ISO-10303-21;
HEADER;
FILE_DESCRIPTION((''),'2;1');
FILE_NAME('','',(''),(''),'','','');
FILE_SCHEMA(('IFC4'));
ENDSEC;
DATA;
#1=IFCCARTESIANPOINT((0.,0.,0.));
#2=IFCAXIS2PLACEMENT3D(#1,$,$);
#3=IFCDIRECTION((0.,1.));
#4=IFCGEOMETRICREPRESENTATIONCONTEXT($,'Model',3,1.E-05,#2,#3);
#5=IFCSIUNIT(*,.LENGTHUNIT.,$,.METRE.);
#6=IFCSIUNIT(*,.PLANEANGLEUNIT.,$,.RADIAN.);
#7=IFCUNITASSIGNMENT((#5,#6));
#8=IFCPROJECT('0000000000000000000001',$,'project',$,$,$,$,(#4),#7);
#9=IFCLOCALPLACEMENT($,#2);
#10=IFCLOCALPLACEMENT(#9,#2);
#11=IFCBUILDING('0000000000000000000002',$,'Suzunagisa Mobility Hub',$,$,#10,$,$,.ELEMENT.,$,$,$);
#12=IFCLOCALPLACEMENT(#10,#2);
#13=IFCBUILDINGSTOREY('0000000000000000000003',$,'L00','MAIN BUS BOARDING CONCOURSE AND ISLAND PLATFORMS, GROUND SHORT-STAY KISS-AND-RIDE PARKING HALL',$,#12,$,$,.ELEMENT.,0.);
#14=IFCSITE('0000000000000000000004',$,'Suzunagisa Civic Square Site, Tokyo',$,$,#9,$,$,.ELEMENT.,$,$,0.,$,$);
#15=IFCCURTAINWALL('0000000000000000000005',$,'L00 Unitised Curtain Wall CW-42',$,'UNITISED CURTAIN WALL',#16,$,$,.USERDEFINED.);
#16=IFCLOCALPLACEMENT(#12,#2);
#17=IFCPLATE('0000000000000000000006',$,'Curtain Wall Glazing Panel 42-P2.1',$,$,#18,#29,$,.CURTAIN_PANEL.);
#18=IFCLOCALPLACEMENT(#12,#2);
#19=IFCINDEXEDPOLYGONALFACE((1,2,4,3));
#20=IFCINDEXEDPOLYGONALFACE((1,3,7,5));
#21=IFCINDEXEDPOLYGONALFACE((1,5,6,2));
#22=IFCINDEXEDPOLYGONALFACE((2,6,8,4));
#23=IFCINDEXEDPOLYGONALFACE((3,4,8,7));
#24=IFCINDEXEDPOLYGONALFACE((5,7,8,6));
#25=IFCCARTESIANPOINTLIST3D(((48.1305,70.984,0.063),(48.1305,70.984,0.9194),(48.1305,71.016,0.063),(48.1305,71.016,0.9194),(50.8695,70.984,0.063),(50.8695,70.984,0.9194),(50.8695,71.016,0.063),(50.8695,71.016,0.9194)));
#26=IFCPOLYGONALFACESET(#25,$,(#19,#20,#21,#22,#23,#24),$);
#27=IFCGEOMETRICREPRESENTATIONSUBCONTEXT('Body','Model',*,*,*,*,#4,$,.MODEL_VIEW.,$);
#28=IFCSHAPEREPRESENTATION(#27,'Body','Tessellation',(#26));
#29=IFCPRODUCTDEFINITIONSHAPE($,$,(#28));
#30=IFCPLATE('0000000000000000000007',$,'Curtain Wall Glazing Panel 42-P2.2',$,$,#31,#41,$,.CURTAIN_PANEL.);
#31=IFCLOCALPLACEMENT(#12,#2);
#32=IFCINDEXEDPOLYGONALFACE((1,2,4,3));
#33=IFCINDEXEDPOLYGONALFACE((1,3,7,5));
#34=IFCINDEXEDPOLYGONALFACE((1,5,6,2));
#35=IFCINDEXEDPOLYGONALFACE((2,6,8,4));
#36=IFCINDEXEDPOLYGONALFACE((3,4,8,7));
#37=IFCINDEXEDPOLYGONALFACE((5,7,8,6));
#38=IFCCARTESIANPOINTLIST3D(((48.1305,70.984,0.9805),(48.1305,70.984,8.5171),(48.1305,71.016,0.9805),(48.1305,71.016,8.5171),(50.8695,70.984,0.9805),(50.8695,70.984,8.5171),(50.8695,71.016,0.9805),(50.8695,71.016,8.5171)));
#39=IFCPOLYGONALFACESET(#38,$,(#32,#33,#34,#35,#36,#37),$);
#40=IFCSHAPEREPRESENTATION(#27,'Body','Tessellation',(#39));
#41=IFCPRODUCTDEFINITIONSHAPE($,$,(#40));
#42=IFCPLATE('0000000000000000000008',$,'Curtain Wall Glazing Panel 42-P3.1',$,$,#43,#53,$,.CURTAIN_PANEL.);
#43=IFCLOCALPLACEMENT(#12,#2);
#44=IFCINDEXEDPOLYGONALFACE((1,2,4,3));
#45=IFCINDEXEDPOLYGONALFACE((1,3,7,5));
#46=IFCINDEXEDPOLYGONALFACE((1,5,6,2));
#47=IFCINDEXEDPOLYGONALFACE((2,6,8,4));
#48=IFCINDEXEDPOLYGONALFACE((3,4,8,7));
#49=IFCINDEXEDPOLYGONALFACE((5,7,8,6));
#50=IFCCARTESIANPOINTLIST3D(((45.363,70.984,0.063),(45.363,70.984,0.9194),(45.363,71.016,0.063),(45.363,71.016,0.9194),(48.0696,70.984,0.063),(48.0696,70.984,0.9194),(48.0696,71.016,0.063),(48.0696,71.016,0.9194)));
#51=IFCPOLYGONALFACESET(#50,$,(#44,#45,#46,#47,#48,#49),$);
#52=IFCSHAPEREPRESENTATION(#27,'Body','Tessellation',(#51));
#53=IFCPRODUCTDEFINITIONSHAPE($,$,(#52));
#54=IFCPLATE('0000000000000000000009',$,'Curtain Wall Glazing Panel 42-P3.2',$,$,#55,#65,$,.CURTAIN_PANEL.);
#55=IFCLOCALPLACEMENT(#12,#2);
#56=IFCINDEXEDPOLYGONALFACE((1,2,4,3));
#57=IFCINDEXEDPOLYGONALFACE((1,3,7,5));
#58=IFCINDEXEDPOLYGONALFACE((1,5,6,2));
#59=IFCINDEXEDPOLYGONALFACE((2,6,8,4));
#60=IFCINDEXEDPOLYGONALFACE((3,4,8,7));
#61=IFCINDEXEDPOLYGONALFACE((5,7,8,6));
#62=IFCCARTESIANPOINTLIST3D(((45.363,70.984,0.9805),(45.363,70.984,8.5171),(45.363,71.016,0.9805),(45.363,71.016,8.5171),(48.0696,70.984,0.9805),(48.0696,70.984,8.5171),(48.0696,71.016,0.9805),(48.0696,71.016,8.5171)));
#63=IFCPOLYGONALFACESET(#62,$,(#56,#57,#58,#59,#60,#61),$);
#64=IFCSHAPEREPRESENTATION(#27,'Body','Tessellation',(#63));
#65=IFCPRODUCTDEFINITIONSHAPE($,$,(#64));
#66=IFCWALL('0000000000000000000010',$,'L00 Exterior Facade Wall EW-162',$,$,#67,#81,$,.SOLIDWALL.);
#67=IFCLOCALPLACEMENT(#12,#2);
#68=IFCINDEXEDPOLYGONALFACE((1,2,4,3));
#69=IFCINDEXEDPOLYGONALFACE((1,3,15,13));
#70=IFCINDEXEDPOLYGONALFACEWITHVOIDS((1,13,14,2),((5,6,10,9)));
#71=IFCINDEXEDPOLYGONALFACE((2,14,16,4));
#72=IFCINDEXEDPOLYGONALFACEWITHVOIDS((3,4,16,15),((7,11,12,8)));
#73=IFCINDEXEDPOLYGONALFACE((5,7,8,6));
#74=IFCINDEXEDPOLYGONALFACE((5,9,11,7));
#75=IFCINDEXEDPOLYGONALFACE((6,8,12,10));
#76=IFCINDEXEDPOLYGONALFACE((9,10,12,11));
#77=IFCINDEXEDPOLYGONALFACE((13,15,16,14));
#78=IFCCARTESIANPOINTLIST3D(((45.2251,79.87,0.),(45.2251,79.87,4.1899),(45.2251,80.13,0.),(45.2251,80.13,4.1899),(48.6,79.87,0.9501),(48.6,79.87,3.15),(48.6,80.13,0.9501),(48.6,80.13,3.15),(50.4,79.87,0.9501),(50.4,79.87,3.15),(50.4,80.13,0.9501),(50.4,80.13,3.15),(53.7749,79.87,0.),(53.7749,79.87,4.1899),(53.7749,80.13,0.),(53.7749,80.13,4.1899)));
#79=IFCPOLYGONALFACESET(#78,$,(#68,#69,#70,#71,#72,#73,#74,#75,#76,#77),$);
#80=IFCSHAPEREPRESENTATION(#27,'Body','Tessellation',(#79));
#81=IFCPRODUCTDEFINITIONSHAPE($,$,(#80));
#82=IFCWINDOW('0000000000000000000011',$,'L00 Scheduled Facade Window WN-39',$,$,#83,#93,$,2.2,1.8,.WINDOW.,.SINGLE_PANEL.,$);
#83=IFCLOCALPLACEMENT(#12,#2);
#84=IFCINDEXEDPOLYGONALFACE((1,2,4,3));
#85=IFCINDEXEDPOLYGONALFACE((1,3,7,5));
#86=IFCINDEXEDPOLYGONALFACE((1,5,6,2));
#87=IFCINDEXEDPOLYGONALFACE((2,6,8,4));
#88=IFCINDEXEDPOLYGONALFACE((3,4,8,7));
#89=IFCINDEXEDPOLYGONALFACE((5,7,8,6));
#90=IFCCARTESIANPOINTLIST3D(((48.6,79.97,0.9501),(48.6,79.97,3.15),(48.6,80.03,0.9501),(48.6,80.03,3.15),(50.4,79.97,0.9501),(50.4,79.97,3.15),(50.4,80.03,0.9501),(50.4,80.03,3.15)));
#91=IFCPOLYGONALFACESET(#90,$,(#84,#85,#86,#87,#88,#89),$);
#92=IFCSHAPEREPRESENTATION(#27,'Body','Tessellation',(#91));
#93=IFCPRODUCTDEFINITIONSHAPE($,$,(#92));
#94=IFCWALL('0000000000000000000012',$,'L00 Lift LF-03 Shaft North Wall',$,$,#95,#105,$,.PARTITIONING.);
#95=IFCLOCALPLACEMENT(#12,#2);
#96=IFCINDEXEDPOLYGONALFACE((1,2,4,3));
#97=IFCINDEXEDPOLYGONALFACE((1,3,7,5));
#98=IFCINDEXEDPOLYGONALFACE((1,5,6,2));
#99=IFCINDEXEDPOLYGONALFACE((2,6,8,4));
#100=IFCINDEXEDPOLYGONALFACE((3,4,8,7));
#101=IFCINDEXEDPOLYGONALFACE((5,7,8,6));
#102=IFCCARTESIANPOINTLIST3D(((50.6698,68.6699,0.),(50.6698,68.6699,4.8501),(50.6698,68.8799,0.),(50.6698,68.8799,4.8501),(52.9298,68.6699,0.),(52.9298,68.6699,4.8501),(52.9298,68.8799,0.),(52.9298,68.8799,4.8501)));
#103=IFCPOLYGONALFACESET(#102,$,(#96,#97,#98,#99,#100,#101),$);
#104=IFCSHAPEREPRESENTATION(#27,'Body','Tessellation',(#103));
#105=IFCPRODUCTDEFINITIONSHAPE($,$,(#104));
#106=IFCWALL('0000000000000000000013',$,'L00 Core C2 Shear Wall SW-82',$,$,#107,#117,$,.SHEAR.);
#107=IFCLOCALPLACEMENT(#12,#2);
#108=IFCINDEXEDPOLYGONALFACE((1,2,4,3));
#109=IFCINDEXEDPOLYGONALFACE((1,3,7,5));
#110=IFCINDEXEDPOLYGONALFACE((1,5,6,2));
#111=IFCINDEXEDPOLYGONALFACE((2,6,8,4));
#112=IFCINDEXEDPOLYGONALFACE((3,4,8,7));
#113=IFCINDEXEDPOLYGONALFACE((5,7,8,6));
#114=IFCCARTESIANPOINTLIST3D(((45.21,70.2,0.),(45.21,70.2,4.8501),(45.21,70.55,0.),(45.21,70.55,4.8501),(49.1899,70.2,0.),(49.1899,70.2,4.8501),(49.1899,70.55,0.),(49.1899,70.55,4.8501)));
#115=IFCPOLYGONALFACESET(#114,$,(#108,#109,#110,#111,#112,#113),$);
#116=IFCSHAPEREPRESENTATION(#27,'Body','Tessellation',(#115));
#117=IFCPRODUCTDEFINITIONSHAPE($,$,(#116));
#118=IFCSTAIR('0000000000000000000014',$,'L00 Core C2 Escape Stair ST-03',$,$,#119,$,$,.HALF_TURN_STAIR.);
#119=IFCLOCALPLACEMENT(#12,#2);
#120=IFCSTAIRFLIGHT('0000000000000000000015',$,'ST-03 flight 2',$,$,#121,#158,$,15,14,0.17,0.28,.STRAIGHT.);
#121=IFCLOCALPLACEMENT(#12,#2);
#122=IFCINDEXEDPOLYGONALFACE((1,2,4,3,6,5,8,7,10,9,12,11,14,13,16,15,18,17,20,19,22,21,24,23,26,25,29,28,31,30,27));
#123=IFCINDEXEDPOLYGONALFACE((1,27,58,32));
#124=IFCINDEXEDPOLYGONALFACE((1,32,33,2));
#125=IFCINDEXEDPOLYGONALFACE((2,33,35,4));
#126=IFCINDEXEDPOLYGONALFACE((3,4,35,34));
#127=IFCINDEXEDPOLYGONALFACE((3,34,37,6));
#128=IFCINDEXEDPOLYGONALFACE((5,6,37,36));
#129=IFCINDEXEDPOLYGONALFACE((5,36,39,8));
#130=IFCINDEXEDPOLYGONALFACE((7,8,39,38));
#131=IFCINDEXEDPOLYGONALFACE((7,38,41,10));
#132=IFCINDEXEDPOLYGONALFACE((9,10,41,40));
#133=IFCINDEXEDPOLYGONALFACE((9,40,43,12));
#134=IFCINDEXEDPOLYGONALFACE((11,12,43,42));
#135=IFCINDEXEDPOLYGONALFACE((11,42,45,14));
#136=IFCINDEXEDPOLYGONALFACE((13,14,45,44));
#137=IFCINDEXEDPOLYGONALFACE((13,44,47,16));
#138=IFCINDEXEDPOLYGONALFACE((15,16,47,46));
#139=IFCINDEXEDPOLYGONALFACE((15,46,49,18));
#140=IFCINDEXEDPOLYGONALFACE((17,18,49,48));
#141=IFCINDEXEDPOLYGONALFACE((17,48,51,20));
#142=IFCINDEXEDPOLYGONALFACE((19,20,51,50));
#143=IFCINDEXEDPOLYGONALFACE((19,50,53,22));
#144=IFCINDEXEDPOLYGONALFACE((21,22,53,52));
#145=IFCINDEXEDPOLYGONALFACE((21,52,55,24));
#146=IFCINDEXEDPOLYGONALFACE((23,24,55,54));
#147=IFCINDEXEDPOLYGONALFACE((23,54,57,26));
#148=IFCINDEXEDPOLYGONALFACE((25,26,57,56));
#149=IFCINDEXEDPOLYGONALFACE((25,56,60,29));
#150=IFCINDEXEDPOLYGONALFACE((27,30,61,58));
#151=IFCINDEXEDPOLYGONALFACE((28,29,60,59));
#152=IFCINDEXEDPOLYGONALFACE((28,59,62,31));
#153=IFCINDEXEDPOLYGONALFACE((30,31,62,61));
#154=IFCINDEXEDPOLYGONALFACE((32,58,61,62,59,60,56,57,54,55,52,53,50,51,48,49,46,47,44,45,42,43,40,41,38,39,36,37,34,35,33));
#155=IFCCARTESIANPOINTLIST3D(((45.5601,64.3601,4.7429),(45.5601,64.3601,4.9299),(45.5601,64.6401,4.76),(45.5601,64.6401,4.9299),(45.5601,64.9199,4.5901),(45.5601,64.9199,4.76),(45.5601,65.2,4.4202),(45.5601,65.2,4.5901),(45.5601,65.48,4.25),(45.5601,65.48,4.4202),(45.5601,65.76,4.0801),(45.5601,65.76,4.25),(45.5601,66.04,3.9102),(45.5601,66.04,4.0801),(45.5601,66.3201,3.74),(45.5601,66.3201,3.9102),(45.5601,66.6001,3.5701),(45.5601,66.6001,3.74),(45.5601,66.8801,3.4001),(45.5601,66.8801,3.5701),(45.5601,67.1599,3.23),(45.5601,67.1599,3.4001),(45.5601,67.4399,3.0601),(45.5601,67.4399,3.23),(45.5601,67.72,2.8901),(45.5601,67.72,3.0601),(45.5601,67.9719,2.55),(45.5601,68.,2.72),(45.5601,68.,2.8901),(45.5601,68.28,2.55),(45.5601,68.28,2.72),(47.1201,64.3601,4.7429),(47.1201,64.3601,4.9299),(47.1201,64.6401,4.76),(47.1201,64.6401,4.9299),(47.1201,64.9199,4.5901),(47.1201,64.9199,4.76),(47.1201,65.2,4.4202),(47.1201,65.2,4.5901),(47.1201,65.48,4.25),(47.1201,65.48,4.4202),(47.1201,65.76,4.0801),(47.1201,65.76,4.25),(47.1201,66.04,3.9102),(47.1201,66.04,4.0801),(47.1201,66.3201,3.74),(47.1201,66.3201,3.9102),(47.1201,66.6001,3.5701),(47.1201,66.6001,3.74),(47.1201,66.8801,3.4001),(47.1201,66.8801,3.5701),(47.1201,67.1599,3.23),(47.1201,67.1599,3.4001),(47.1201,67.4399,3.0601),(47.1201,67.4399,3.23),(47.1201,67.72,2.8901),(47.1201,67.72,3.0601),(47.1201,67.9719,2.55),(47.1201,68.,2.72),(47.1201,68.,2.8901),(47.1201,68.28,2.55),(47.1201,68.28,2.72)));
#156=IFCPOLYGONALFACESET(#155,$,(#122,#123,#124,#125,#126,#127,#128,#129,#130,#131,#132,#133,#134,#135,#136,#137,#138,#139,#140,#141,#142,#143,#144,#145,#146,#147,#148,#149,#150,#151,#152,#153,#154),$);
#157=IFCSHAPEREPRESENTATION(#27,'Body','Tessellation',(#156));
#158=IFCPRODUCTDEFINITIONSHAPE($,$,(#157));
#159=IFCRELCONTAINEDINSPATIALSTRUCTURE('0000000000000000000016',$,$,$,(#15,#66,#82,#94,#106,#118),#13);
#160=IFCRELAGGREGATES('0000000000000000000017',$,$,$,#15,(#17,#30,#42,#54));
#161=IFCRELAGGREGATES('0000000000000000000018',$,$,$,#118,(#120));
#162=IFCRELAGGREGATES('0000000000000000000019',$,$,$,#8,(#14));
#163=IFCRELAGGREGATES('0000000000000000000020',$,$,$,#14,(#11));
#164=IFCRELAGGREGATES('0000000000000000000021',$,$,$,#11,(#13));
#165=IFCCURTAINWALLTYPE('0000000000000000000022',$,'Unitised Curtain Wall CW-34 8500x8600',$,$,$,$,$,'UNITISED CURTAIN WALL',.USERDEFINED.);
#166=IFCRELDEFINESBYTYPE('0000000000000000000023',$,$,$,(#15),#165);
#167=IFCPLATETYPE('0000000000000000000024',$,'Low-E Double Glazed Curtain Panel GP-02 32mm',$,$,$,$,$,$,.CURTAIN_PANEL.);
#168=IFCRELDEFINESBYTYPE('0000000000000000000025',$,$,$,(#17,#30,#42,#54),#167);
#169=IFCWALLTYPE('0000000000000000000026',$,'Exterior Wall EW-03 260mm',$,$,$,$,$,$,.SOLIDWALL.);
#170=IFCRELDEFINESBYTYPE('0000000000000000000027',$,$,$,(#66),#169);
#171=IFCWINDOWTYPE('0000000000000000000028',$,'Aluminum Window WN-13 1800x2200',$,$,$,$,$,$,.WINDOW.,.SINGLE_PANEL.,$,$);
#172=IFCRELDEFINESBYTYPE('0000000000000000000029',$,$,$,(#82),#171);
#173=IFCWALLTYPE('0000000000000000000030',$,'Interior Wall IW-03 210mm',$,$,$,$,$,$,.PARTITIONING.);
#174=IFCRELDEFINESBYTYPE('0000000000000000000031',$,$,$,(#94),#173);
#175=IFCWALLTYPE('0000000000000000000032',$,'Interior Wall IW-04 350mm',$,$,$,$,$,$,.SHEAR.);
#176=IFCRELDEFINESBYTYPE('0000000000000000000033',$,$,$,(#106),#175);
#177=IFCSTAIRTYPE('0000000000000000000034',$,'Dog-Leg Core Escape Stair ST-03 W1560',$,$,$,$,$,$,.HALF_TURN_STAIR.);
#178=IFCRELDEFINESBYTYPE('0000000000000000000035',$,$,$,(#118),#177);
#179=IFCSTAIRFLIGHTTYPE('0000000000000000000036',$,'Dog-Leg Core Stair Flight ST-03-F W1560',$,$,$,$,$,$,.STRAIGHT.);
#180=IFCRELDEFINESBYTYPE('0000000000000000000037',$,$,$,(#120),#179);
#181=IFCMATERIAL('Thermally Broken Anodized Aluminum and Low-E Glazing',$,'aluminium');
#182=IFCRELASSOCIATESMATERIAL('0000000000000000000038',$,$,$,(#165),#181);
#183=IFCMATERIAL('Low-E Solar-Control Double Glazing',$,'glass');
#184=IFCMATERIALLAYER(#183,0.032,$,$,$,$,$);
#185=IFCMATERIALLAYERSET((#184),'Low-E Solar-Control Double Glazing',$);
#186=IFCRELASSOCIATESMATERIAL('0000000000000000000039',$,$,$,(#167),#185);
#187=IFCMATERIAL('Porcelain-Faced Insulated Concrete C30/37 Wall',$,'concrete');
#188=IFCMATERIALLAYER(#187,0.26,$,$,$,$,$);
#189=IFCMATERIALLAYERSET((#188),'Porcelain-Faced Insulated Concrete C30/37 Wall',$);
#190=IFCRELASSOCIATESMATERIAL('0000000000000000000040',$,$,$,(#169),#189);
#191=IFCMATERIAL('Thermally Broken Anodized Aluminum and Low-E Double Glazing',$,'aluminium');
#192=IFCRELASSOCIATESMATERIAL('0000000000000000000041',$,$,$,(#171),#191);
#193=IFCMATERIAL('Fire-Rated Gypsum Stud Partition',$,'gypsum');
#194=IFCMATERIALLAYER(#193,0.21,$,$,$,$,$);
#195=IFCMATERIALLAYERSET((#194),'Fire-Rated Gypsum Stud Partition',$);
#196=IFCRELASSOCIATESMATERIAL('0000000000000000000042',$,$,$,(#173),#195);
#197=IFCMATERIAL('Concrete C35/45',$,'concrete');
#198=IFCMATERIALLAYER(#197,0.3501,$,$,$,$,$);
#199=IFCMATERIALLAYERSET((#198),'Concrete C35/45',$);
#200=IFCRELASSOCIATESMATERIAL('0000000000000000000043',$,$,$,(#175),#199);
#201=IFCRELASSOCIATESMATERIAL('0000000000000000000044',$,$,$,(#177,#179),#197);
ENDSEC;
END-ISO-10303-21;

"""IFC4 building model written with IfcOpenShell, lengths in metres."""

from ifc_helpers import new_model, si_unit, direction, frame, frame_2d, origin, origin_2d, place, context, subcontext, project, spatial, polyline, rectangle, outline, extrude, material, layer, layer_set, type_object, element, fill, aggregate, save


model = new_model("IFC4")

# Units and contexts
model_context = context("Model", 3, precision=1e-05, world=origin(), true_north=direction((0.0, 1.0)))
body_context = subcontext(model_context, "Body", "Model", "MODEL_VIEW")
ifc_project = project(units=[si_unit("LENGTHUNIT", "METRE"), si_unit("PLANEANGLEUNIT", "RADIAN")], contexts=[model_context])

# Site, building, storey
site_placement = place(None, origin())
site = spatial("IfcSite", under=ifc_project, at=site_placement, Name="Suzunagisa Civic Square Site, Tokyo", CompositionType="ELEMENT", RefElevation=0.0)
building_placement = place(site_placement, origin())
building = spatial("IfcBuilding", under=site, at=building_placement, Name="Suzunagisa Mobility Hub", CompositionType="ELEMENT")
storey_placement = place(building_placement, origin())
storey = spatial("IfcBuildingStorey", under=building, at=storey_placement, Name="L00", Description="MAIN BUS BOARDING CONCOURSE AND ISLAND PLATFORMS, GROUND SHORT-STAY KISS-AND-RIDE PARKING HALL", CompositionType="ELEMENT", Elevation=0.0)

# Curtain wall
ifc_material_1 = material(Name="Thermally Broken Anodized Aluminum and Low-E Glazing", Category="aluminium")
curtain_wall_type = type_object("IfcCurtainWallType", Name="Unitised Curtain Wall CW-34 8500x8600", ElementType="UNITISED CURTAIN WALL", PredefinedType="USERDEFINED", material=ifc_material_1)
curtain_wall_placement = place(storey_placement, origin())
curtain_wall = element("IfcCurtainWall", 1, at=curtain_wall_placement, inside=storey, type_object=curtain_wall_type, Name="L00 Unitised Curtain Wall CW-42", ObjectType="UNITISED CURTAIN WALL", PredefinedType="USERDEFINED")

# Plates
ifc_material_2 = material(Name="Low-E Solar-Control Double Glazing", Category="glass")
ifc_layer_1 = layer(ifc_material_2, 0.032)
ifc_layer_set_1 = layer_set([ifc_layer_1], Name="Low-E Solar-Control Double Glazing")
plate_type = type_object("IfcPlateType", Name="Low-E Double Glazed Curtain Panel GP-02 32mm", PredefinedType="CURTAIN_PANEL", material=ifc_layer_set_1)
plate_1_placement = place(storey_placement, frame((49.5, 71.0, 0.063), z_axis=(0.0, 0.0, 1.0), x_axis=(-1.0, 0.0, 0.0)))
plate_1 = element("IfcPlate", 2, at=plate_1_placement, type_object=plate_type, Name="Curtain Wall Glazing Panel 42-P2.1", PredefinedType="CURTAIN_PANEL", context=body_context, shape_type="SweptSolid", body=[
    extrude(rectangle(XDim=2.739, YDim=0.032, at=origin_2d()), origin(), (0.0, 0.0, 1.0), 0.8564),
])
plate_2_placement = place(storey_placement, frame((49.5, 71.0, 0.9805), z_axis=(0.0, 0.0, 1.0), x_axis=(-1.0, 0.0, 0.0)))
plate_2 = element("IfcPlate", 3, at=plate_2_placement, type_object=plate_type, Name="Curtain Wall Glazing Panel 42-P2.2", PredefinedType="CURTAIN_PANEL", context=body_context, shape_type="SweptSolid", body=[
    extrude(rectangle(XDim=2.739, YDim=0.032, at=origin_2d()), origin(), (0.0, 0.0, 1.0), 7.5366),
])
plate_3_placement = place(storey_placement, frame((46.7163, 71.0, 0.063), z_axis=(0.0, 0.0, 1.0), x_axis=(-1.0, 0.0, 0.0)))
plate_3 = element("IfcPlate", 4, at=plate_3_placement, type_object=plate_type, Name="Curtain Wall Glazing Panel 42-P3.1", PredefinedType="CURTAIN_PANEL", context=body_context, shape_type="SweptSolid", body=[
    extrude(rectangle(XDim=2.7065, YDim=0.032, at=origin_2d()), origin(), (0.0, 0.0, 1.0), 0.8564),
])
plate_4_placement = place(storey_placement, frame((46.7163, 71.0, 0.9805), z_axis=(0.0, 0.0, 1.0), x_axis=(-1.0, 0.0, 0.0)))
plate_4 = element("IfcPlate", 5, at=plate_4_placement, type_object=plate_type, Name="Curtain Wall Glazing Panel 42-P3.2", PredefinedType="CURTAIN_PANEL", context=body_context, shape_type="SweptSolid", body=[
    extrude(rectangle(XDim=2.7065, YDim=0.032, at=origin_2d()), origin(), (0.0, 0.0, 1.0), 7.5366),
])
aggregate(curtain_wall, [plate_1, plate_2, plate_3, plate_4])

# Wall, opening, window
ifc_material_3 = material(Name="Porcelain-Faced Insulated Concrete C30/37 Wall", Category="concrete")
ifc_layer_2 = layer(ifc_material_3, 0.26)
ifc_layer_set_2 = layer_set([ifc_layer_2], Name="Porcelain-Faced Insulated Concrete C30/37 Wall")
wall_type_1 = type_object("IfcWallType", Name="Exterior Wall EW-03 260mm", PredefinedType="SOLIDWALL", material=ifc_layer_set_2)
wall_1_placement = place(storey_placement, frame((45.2251, 80.0, 0.0), z_axis=(0.0, 0.0, 1.0), x_axis=(1.0, 0.0, 0.0)))
wall_1 = element("IfcWall", 6, at=wall_1_placement, inside=storey, type_object=wall_type_1, Name="L00 Exterior Facade Wall EW-162", PredefinedType="SOLIDWALL", context=body_context, shape_type="SweptSolid", body=[
    extrude(rectangle(XDim=8.5498, YDim=0.26, at=frame_2d((4.2749, 0.0))), origin(), (0.0, 0.0, 1.0), 4.1899),
])
opening_1_placement = place(wall_1_placement, frame((3.375, 0.0, 0.95)))
opening_1 = element("IfcOpeningElement", 7, at=opening_1_placement, cuts=wall_1, PredefinedType="OPENING", context=body_context, shape_type="SweptSolid", body=[
    extrude(rectangle(XDim=1.8, YDim=2.2, at=frame_2d((0.8999, 1.1001))), frame((0.0, 0.1411, 0.0), z_axis=(0.0, -1.0, 0.0), x_axis=(1.0, 0.0, 0.0)), (0.0, 0.0, 1.0), 0.282),
])
ifc_material_4 = material(Name="Thermally Broken Anodized Aluminum and Low-E Double Glazing", Category="aluminium")
window_type = type_object("IfcWindowType", Name="Aluminum Window WN-13 1800x2200", PartitioningType="SINGLE_PANEL", PredefinedType="WINDOW", material=ifc_material_4)
window_placement = place(opening_1_placement, origin())
window = element("IfcWindow", 8, at=window_placement, inside=storey, type_object=window_type, Name="L00 Scheduled Facade Window WN-39", OverallHeight=2.2, OverallWidth=1.8, PartitioningType="SINGLE_PANEL", PredefinedType="WINDOW", context=body_context, shape_type="SweptSolid", body=[
    extrude(rectangle(XDim=1.8, YDim=2.2, at=frame_2d((0.8999, 1.1001))), frame((0.0, 0.03, 0.0), z_axis=(0.0, -1.0, 0.0), x_axis=(1.0, 0.0, 0.0)), (0.0, 0.0, 1.0), 0.0601),
])
fill(opening_1, window)

# Walls
ifc_material_5 = material(Name="Fire-Rated Gypsum Stud Partition", Category="gypsum")
ifc_layer_3 = layer(ifc_material_5, 0.21)
ifc_layer_set_3 = layer_set([ifc_layer_3], Name="Fire-Rated Gypsum Stud Partition")
wall_type_2 = type_object("IfcWallType", Name="Interior Wall IW-03 210mm", PredefinedType="PARTITIONING", material=ifc_layer_set_3)
wall_2_placement = place(storey_placement, frame((50.6699, 68.7749, 0.0), z_axis=(0.0, 0.0, 1.0), x_axis=(1.0, 0.0, 0.0)))
element("IfcWall", 9, at=wall_2_placement, inside=storey, type_object=wall_type_2, Name="L00 Lift LF-03 Shaft North Wall", PredefinedType="PARTITIONING", context=body_context, shape_type="SweptSolid", body=[
    extrude(rectangle(XDim=2.26, YDim=0.21, at=frame_2d((1.1299, 0.0))), origin(), (0.0, 0.0, 1.0), 4.8501),
])
ifc_material_6 = material(Name="Concrete C35/45", Category="concrete")
ifc_layer_4 = layer(ifc_material_6, 0.3501)
ifc_layer_set_4 = layer_set([ifc_layer_4], Name="Concrete C35/45")
wall_type_3 = type_object("IfcWallType", Name="Interior Wall IW-04 350mm", PredefinedType="SHEAR", material=ifc_layer_set_4)
wall_3_placement = place(storey_placement, frame((45.21, 70.375, 0.0), z_axis=(0.0, 0.0, 1.0), x_axis=(1.0, 0.0, 0.0)))
element("IfcWall", 10, at=wall_3_placement, inside=storey, type_object=wall_type_3, Name="L00 Core C2 Shear Wall SW-82", PredefinedType="SHEAR", context=body_context, shape_type="SweptSolid", body=[
    extrude(rectangle(XDim=3.98, YDim=0.3501, at=frame_2d((1.99, 0.0))), origin(), (0.0, 0.0, 1.0), 4.8501),
])

# Stair, stair flight
stair_type = type_object("IfcStairType", Name="Dog-Leg Core Escape Stair ST-03 W1560", PredefinedType="HALF_TURN_STAIR", material=ifc_material_6)
stair_placement = place(storey_placement, origin())
stair = element("IfcStair", 11, at=stair_placement, inside=storey, type_object=stair_type, Name="L00 Core C2 Escape Stair ST-03", PredefinedType="HALF_TURN_STAIR")
stair_flight_type = type_object("IfcStairFlightType", Name="Dog-Leg Core Stair Flight ST-03-F W1560", PredefinedType="STRAIGHT", material=ifc_material_6)
stair_flight_placement = place(storey_placement, frame((46.3401, 68.28, 2.55), z_axis=(0.0, 0.0, 1.0), x_axis=(0.0, -1.0, 0.0)))
stair_flight = element("IfcStairFlight", 12, at=stair_flight_placement, type_object=stair_flight_type, Name="ST-03 flight 2", NumberOfRisers=15, NumberOfTreads=14, PredefinedType="STRAIGHT", RiserHeight=0.17, TreadLength=0.28, context=body_context, shape_type="SweptSolid", body=[
    extrude(outline(polyline([(0.0, 0.0), (0.0, 0.1699), (0.28, 0.1699), (0.28, 0.3401), (0.5601, 0.3401), (0.5601, 0.51), (0.8401, 0.51), (0.8401, 0.6799), (1.1201, 0.6799), (1.1201, 0.8501), (1.3999, 0.8501), (1.3999, 1.02), (1.6799, 1.02), (1.6799, 1.1899), (1.96, 1.1899), (1.96, 1.3601), (2.24, 1.3601), (2.24, 1.53), (2.52, 1.53), (2.52, 1.7), (2.8, 1.7), (2.8, 1.8701), (3.0801, 1.8701), (3.0801, 2.04), (3.3601, 2.04), (3.3601, 2.21), (3.6399, 2.21), (3.6399, 2.3799), (3.9199, 2.3799), (3.9199, 2.55), (3.9199, 2.1929), (0.3081, 0.0), (0.0, 0.0)])), frame((0.0, 0.78, 0.0), z_axis=(0.0, -1.0, 0.0), x_axis=(1.0, 0.0, 0.0)), (0.0, 0.0, 1.0), 1.5601),
])
aggregate(stair, [stair_flight])

save(model, "model.ifc")
